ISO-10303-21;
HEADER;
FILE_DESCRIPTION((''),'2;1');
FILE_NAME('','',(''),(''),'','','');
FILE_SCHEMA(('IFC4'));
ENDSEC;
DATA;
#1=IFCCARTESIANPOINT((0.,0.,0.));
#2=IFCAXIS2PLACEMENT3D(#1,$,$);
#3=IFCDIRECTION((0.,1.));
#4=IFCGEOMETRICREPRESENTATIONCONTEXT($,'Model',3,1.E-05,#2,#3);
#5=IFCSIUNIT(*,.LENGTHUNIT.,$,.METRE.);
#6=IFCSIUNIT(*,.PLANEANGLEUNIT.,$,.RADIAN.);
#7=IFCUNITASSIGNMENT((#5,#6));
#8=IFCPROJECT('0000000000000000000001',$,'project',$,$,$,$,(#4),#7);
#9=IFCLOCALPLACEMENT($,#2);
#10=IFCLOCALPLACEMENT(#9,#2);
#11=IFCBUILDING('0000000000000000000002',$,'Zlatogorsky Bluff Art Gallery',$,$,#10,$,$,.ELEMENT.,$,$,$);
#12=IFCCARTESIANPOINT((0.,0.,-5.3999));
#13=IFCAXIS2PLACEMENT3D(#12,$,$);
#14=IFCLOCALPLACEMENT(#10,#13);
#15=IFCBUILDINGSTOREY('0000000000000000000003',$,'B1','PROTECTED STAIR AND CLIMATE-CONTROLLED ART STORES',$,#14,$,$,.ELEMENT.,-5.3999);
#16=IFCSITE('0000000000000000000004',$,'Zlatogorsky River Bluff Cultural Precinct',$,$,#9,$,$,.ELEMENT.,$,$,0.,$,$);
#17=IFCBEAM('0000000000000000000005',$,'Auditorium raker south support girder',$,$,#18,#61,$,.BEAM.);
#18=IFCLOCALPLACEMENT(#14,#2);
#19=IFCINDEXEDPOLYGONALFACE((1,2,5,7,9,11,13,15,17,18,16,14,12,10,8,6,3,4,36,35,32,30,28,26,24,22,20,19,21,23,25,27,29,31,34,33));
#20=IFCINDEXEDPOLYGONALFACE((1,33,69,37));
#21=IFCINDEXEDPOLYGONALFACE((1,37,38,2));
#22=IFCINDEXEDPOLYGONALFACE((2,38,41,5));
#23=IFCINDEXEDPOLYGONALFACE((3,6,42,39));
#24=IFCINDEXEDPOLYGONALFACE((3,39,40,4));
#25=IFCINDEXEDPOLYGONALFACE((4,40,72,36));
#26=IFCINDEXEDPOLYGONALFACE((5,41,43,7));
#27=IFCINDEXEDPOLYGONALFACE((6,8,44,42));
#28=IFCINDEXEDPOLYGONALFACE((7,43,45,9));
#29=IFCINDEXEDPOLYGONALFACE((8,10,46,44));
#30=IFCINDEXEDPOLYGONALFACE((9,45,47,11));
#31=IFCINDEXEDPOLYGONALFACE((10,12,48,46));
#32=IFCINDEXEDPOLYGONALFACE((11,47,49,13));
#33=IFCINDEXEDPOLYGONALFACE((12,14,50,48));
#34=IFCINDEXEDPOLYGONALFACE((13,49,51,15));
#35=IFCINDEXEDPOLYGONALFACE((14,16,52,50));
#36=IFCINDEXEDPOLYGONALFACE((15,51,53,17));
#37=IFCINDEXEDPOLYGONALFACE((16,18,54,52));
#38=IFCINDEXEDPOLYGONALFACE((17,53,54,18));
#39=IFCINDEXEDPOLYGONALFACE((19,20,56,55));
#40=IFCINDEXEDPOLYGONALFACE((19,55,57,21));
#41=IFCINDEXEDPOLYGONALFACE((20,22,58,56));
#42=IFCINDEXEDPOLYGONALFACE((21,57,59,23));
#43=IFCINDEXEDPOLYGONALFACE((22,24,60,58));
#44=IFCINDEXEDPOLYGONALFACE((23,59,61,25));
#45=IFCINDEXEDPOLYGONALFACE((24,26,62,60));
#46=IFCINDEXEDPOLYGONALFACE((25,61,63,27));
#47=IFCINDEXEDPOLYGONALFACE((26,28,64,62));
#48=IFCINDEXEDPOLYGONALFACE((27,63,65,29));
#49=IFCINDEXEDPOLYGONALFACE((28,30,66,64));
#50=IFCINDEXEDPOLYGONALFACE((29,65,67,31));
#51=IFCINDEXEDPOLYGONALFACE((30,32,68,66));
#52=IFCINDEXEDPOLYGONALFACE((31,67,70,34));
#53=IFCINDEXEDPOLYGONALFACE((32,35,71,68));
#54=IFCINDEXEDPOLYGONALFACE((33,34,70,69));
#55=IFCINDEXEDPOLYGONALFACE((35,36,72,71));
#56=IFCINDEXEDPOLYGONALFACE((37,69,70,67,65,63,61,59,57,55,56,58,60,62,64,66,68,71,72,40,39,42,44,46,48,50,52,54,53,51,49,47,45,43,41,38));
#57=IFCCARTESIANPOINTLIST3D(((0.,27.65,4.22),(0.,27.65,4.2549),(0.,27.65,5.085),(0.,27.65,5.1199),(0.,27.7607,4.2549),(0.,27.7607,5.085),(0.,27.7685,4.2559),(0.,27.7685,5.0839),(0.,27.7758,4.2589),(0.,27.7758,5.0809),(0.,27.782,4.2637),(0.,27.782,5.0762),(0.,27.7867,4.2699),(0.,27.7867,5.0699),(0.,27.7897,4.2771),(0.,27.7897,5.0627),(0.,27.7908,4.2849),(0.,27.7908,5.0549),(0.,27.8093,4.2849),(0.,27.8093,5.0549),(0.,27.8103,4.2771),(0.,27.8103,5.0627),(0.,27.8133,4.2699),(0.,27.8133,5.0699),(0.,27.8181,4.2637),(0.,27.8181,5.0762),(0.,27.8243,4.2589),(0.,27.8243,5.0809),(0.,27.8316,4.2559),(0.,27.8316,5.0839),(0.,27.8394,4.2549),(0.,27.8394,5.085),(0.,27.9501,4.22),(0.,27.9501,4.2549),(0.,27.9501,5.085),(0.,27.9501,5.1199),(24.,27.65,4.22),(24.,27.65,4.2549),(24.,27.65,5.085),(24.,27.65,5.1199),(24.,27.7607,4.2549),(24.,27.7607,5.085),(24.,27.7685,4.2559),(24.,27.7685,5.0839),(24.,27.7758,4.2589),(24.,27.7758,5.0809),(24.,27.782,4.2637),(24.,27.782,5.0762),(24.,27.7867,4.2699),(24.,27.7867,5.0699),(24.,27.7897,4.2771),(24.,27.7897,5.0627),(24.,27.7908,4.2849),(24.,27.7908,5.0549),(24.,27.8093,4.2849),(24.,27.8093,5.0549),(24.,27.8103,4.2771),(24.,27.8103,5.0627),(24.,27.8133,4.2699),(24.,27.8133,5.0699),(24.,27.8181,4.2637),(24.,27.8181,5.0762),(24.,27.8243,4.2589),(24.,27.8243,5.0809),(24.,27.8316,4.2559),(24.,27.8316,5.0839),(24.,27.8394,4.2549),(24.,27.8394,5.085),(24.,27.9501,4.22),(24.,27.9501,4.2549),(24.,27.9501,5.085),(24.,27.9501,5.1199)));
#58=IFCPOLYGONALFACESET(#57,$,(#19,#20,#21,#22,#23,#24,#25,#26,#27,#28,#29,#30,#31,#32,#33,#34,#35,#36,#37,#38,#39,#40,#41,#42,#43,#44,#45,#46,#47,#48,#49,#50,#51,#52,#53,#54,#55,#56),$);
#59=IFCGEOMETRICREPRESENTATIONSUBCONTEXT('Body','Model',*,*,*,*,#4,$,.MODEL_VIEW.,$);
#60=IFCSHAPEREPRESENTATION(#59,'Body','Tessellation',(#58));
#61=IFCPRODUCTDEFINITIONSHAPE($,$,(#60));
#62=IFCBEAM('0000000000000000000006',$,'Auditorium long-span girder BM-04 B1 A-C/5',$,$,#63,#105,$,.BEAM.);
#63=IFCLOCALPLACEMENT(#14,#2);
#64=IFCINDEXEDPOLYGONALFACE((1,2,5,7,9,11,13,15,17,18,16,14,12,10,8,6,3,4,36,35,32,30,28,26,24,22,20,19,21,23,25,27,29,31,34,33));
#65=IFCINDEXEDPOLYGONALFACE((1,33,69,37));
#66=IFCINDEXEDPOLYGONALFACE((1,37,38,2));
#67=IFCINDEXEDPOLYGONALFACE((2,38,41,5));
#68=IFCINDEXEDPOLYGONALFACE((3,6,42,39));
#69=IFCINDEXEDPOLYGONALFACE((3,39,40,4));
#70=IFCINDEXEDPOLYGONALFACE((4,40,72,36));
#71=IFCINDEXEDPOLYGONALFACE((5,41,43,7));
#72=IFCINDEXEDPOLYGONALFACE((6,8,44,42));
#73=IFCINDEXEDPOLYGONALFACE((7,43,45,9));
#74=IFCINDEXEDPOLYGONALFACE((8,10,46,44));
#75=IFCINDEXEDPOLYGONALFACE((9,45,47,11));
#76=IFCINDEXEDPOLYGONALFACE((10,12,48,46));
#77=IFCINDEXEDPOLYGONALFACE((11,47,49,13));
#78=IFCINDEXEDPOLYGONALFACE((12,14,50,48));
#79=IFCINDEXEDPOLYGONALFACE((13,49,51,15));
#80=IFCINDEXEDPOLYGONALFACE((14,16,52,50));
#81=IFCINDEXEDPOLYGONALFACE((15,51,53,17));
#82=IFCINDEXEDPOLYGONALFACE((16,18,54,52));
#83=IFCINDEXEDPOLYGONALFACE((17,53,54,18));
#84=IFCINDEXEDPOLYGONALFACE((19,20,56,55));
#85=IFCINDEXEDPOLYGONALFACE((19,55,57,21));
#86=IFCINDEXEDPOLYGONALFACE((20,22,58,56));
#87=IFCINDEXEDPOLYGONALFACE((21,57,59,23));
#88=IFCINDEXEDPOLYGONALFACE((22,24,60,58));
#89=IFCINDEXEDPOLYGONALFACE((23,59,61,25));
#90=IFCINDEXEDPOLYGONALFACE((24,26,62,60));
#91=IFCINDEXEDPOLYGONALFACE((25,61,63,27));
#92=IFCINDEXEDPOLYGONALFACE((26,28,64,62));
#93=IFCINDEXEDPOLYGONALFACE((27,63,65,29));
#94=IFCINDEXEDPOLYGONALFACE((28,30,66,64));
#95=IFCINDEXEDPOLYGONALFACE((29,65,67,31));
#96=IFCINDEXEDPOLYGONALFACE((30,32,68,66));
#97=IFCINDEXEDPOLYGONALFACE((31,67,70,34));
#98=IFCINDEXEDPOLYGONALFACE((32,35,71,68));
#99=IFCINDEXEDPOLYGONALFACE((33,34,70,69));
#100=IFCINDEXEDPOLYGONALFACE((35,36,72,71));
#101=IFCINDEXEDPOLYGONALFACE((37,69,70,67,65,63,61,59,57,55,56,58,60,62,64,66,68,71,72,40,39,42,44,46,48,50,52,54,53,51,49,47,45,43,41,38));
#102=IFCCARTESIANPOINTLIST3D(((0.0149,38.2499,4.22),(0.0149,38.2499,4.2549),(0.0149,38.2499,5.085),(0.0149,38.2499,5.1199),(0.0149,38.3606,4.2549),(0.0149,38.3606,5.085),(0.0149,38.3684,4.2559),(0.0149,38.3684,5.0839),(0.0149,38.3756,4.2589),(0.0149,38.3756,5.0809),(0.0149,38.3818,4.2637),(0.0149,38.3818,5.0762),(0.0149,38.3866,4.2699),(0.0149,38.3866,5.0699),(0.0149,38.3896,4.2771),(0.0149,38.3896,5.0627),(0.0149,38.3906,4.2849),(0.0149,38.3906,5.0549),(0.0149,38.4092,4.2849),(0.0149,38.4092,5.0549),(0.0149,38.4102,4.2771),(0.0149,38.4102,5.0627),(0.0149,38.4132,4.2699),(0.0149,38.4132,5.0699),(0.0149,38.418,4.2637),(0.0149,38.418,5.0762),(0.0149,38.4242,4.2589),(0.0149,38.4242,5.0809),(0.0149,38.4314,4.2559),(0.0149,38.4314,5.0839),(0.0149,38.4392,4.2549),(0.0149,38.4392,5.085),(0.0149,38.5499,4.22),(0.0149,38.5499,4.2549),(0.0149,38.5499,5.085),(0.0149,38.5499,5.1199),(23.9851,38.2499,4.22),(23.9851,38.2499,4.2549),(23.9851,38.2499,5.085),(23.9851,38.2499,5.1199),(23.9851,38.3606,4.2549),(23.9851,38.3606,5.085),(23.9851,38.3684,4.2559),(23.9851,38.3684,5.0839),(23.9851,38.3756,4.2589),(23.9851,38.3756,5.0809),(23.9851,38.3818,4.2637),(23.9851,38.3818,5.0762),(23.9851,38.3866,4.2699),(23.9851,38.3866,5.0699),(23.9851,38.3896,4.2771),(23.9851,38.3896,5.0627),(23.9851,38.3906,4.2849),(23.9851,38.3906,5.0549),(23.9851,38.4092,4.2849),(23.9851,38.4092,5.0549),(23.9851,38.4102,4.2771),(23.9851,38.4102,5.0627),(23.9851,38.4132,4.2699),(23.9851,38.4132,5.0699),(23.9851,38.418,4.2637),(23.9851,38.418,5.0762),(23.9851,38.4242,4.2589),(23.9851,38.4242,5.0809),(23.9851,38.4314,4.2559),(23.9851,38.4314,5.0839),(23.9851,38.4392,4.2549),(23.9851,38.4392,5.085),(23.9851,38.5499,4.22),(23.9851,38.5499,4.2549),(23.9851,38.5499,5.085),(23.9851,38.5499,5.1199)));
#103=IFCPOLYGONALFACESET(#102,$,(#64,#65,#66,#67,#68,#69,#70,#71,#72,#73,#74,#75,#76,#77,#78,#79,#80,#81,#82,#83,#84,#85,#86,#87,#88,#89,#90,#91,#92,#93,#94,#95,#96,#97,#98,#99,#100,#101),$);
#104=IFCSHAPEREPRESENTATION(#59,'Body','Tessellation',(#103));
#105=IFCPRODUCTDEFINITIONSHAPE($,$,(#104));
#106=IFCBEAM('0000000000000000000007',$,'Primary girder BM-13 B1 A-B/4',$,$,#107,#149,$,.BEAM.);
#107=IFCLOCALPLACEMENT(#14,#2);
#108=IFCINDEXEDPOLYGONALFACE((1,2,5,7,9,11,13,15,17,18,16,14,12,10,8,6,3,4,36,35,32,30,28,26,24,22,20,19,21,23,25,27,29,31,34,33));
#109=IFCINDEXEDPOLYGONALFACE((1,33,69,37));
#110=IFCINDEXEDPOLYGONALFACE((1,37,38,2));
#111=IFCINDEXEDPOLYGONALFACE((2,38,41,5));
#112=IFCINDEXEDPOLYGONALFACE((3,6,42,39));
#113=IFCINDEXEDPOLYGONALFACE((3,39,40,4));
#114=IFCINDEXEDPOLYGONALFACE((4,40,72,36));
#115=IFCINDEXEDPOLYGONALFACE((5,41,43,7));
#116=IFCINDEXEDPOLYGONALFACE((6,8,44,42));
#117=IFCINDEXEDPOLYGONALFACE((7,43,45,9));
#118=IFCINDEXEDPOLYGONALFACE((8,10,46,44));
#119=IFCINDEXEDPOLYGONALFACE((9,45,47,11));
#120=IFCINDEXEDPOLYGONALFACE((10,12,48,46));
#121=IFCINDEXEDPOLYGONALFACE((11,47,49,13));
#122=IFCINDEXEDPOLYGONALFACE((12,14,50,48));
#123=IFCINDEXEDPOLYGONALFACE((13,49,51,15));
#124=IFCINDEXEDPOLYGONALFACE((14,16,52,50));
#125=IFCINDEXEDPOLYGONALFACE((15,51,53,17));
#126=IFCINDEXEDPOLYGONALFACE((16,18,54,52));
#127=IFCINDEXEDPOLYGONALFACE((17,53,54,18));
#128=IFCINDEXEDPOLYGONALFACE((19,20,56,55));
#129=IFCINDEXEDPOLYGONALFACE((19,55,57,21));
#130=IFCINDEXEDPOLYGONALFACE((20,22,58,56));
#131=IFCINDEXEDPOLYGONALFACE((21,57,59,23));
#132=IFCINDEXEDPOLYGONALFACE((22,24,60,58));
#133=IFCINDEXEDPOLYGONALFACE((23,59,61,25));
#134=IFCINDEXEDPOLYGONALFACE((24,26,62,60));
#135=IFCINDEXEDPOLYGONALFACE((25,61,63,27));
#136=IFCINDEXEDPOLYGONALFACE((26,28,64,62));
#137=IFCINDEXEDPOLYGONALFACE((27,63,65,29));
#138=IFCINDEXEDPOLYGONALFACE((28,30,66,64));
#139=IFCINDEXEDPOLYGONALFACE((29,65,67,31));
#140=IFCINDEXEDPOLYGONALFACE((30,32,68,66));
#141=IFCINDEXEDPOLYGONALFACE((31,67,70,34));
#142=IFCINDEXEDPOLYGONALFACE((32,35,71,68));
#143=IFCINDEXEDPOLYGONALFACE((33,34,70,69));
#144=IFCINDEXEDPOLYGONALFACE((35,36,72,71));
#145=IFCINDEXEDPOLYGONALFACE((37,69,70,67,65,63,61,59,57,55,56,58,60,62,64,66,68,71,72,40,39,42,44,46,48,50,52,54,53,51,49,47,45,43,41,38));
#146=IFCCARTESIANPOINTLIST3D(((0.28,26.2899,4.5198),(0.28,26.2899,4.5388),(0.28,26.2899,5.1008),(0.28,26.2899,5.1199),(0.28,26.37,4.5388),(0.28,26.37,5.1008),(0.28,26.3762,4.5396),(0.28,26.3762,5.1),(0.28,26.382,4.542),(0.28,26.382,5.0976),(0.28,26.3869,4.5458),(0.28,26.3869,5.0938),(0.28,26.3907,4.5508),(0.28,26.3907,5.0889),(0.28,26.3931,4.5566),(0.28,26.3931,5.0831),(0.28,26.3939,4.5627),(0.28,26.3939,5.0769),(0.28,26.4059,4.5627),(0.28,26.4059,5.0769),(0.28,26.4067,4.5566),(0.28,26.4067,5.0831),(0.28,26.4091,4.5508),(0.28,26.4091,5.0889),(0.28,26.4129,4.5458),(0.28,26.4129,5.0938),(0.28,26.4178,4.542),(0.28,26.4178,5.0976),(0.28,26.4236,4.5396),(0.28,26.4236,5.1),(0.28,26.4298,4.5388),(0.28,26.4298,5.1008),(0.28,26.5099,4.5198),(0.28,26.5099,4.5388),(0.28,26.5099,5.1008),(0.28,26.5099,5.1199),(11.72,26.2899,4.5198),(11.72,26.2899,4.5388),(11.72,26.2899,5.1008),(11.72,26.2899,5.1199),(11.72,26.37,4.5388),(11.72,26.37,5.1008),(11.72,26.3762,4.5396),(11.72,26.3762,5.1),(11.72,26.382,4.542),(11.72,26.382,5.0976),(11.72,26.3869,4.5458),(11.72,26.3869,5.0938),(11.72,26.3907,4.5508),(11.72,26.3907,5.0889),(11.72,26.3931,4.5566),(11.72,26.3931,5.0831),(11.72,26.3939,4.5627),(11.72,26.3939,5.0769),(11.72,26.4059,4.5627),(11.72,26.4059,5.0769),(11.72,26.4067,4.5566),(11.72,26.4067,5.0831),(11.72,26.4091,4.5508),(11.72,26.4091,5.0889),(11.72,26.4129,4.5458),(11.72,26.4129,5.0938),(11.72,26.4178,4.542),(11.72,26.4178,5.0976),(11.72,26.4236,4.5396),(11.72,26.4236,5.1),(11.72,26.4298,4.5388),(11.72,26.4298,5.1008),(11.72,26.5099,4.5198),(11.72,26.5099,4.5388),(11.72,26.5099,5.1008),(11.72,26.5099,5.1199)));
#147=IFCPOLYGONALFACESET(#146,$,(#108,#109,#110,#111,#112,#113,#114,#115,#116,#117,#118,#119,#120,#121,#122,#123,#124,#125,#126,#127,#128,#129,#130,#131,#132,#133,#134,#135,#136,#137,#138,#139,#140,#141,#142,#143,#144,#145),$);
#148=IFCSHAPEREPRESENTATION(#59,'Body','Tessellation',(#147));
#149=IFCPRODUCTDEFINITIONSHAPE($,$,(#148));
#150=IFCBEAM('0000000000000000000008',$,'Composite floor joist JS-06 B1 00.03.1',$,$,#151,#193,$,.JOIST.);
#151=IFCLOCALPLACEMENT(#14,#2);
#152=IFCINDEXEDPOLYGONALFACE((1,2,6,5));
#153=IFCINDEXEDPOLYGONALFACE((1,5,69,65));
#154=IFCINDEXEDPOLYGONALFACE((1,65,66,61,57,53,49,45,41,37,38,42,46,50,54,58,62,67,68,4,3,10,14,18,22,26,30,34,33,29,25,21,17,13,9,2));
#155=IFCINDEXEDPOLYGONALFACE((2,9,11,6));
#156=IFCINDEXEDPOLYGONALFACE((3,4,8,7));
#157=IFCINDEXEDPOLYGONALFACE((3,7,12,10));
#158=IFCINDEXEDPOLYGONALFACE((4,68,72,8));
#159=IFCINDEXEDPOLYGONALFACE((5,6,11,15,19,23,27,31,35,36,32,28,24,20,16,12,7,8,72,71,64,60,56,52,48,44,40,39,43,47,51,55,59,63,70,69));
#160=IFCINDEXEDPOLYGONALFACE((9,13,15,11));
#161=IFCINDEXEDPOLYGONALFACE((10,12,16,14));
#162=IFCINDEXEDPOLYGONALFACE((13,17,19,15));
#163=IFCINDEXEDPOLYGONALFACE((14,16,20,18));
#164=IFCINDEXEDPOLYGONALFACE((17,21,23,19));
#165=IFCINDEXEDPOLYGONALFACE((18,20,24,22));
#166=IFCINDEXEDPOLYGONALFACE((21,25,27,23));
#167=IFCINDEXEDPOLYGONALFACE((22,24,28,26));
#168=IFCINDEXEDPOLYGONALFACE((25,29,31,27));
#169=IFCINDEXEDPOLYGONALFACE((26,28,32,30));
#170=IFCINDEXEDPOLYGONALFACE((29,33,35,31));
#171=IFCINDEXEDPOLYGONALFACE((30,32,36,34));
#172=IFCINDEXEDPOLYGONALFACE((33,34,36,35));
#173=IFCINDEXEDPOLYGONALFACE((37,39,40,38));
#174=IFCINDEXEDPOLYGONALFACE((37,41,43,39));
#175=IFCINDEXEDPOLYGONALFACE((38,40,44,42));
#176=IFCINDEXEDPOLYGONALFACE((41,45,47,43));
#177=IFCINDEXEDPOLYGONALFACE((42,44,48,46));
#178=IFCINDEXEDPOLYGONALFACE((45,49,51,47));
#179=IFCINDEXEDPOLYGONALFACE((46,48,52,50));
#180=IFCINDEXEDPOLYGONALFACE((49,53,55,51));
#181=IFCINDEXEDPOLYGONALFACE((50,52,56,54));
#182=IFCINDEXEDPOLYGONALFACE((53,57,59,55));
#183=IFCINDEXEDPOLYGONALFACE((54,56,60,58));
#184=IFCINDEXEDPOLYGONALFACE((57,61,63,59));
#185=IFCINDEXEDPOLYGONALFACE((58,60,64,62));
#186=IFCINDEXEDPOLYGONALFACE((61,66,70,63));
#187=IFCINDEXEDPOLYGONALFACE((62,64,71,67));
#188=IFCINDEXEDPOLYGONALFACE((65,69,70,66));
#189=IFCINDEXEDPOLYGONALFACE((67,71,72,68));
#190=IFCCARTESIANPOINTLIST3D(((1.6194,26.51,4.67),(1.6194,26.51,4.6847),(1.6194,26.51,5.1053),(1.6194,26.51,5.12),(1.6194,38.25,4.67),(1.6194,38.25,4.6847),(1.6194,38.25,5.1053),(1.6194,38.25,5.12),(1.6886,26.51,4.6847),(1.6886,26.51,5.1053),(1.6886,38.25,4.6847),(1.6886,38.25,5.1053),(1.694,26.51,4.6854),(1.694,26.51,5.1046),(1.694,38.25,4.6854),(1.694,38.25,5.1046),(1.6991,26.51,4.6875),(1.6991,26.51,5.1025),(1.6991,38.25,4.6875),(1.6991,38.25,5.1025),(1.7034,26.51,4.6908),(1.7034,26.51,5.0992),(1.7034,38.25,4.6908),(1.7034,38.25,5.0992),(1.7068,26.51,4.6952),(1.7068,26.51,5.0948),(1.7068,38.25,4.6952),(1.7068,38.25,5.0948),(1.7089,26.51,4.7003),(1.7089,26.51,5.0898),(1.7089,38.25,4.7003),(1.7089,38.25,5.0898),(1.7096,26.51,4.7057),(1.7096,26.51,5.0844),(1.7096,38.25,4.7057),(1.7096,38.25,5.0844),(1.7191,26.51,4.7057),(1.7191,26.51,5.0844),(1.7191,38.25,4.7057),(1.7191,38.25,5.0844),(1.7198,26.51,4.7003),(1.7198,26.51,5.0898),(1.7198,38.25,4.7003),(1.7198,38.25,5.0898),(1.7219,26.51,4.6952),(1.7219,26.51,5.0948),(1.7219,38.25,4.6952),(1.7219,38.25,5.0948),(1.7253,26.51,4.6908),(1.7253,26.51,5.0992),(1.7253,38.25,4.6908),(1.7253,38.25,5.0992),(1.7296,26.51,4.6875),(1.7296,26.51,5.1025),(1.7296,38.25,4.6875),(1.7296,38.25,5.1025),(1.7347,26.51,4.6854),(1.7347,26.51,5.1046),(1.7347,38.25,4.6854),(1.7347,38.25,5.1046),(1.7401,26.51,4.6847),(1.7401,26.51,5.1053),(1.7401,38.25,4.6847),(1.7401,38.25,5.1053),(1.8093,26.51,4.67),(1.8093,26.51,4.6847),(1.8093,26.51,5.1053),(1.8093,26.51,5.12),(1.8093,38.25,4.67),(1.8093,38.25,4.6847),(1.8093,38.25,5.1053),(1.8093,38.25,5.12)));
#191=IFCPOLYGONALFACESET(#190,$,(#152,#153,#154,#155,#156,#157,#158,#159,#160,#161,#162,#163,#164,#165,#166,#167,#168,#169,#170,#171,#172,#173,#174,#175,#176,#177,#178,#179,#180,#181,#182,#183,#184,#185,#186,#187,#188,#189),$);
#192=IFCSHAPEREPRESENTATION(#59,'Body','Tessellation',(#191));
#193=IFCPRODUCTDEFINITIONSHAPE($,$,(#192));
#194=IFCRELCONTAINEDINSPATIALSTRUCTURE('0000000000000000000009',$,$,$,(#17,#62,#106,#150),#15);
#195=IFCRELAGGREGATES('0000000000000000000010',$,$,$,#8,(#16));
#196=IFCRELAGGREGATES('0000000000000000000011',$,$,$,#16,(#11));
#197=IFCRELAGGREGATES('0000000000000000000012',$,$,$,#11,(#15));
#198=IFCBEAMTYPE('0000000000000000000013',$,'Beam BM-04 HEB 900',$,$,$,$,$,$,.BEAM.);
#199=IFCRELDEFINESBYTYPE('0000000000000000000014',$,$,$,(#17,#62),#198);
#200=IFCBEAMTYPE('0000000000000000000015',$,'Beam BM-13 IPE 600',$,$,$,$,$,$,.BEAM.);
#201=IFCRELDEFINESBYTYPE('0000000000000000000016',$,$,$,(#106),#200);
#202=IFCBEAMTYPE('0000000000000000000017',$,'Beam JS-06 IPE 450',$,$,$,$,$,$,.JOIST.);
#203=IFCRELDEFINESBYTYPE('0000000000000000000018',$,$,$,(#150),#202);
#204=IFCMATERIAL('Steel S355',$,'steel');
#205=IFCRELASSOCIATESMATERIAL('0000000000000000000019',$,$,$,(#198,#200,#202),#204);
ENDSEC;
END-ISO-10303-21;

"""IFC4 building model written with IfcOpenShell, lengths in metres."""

from ifc_helpers import new_model, si_unit, direction, frame, origin, origin_2d, place, context, subcontext, project, spatial, i_section, extrude, material, material_profile, profile_set, type_object, element, save


model = new_model("IFC4")

# Units and contexts
model_context = context("Model", 3, precision=1e-05, world=origin(), true_north=direction((0.0, 1.0)))
body_context = subcontext(model_context, "Body", "Model", "MODEL_VIEW")
ifc_project = project(units=[si_unit("LENGTHUNIT", "METRE"), si_unit("PLANEANGLEUNIT", "RADIAN")], contexts=[model_context])

# Site, building, storey
site_placement = place(None, origin())
site = spatial("IfcSite", under=ifc_project, at=site_placement, Name="Zlatogorsky River Bluff Cultural Precinct", CompositionType="ELEMENT", RefElevation=0.0)
building_placement = place(site_placement, origin())
building = spatial("IfcBuilding", under=site, at=building_placement, Name="Zlatogorsky Bluff Art Gallery", CompositionType="ELEMENT")
storey_placement = place(building_placement, frame((0.0, 0.0, -5.3999)))
storey = spatial("IfcBuildingStorey", under=building, at=storey_placement, Name="B1", Description="PROTECTED STAIR AND CLIMATE-CONTROLLED ART STORES", CompositionType="ELEMENT", Elevation=-5.3999)

# Shared definitions
ifc_material_1 = material(Name="Steel S355", Category="steel")

# Beams
ifc_material_profile_1 = material_profile(ifc_material_1, i_section(OverallWidth=0.3, OverallDepth=0.8999, WebThickness=0.0186, FlangeThickness=0.0349, FilletRadius=0.03, at=origin_2d()), Name="HEB 900")
ifc_profile_set_1 = profile_set([ifc_material_profile_1], Name="Steel S355")
beam_type_1 = type_object("IfcBeamType", Name="Beam BM-04 HEB 900", PredefinedType="BEAM", material=ifc_profile_set_1)
beam_1_placement = place(storey_placement, frame((0.0, 27.8, 4.6699), z_axis=(1.0, 0.0, 0.0), x_axis=(0.0, 1.0, 0.0)))
element("IfcBeam", 1, at=beam_1_placement, inside=storey, type_object=beam_type_1, Name="Auditorium raker south support girder", PredefinedType="BEAM", context=body_context, shape_type="SweptSolid", body=[
    extrude(i_section(OverallWidth=0.3, OverallDepth=0.8999, WebThickness=0.0186, FlangeThickness=0.0349, FilletRadius=0.03, at=origin_2d()), origin(), (0.0, 0.0, 1.0), 24.0),
])
beam_2_placement = place(storey_placement, frame((0.0149, 38.3999, 4.6699), z_axis=(1.0, 0.0, 0.0), x_axis=(0.0, 1.0, 0.0)))
element("IfcBeam", 2, at=beam_2_placement, inside=storey, type_object=beam_type_1, Name="Auditorium long-span girder BM-04 B1 A-C/5", PredefinedType="BEAM", context=body_context, shape_type="SweptSolid", body=[
    extrude(i_section(OverallWidth=0.3, OverallDepth=0.8999, WebThickness=0.0186, FlangeThickness=0.0349, FilletRadius=0.03, at=origin_2d()), origin(), (0.0, 0.0, 1.0), 23.9702),
])
ifc_material_profile_2 = material_profile(ifc_material_1, i_section(OverallWidth=0.22, OverallDepth=0.6001, WebThickness=0.012, FlangeThickness=0.019, FilletRadius=0.0239, at=origin_2d()), Name="IPE 600")
ifc_profile_set_2 = profile_set([ifc_material_profile_2], Name="Steel S355")
beam_type_2 = type_object("IfcBeamType", Name="Beam BM-13 IPE 600", PredefinedType="BEAM", material=ifc_profile_set_2)
beam_3_placement = place(storey_placement, frame((0.28, 26.3999, 4.8198), z_axis=(1.0, 0.0, 0.0), x_axis=(0.0, 1.0, 0.0)))
element("IfcBeam", 3, at=beam_3_placement, inside=storey, type_object=beam_type_2, Name="Primary girder BM-13 B1 A-B/4", PredefinedType="BEAM", context=body_context, shape_type="SweptSolid", body=[
    extrude(i_section(OverallWidth=0.22, OverallDepth=0.6001, WebThickness=0.012, FlangeThickness=0.019, FilletRadius=0.0239, at=origin_2d()), origin(), (0.0, 0.0, 1.0), 11.4399),
])
ifc_material_profile_3 = material_profile(ifc_material_1, i_section(OverallWidth=0.1899, OverallDepth=0.45, WebThickness=0.0095, FlangeThickness=0.0146, FilletRadius=0.021, at=origin_2d()), Name="IPE 450")
ifc_profile_set_3 = profile_set([ifc_material_profile_3], Name="Steel S355")
beam_type_3 = type_object("IfcBeamType", Name="Beam JS-06 IPE 450", PredefinedType="JOIST", material=ifc_profile_set_3)
for number, where, z_axis, x_axis, name in (
    (4, (1.7144, 26.51, 4.895), (0.0, 1.0, 0.0), (-1.0, 0.0, 0.0), "Composite floor joist JS-06 B1 00.03.1"),
):
    element("IfcBeam", number, at=place(storey_placement, frame(where, z_axis=z_axis, x_axis=x_axis)), inside=storey, type_object=beam_type_3, Name=name, PredefinedType="JOIST", context=body_context, shape_type="SweptSolid", body=[
        extrude(i_section(OverallWidth=0.1899, OverallDepth=0.45, WebThickness=0.0095, FlangeThickness=0.0146, FilletRadius=0.021, at=origin_2d()), origin(), (0.0, 0.0, 1.0), 11.74),
    ])

save(model, "model.ifc")
